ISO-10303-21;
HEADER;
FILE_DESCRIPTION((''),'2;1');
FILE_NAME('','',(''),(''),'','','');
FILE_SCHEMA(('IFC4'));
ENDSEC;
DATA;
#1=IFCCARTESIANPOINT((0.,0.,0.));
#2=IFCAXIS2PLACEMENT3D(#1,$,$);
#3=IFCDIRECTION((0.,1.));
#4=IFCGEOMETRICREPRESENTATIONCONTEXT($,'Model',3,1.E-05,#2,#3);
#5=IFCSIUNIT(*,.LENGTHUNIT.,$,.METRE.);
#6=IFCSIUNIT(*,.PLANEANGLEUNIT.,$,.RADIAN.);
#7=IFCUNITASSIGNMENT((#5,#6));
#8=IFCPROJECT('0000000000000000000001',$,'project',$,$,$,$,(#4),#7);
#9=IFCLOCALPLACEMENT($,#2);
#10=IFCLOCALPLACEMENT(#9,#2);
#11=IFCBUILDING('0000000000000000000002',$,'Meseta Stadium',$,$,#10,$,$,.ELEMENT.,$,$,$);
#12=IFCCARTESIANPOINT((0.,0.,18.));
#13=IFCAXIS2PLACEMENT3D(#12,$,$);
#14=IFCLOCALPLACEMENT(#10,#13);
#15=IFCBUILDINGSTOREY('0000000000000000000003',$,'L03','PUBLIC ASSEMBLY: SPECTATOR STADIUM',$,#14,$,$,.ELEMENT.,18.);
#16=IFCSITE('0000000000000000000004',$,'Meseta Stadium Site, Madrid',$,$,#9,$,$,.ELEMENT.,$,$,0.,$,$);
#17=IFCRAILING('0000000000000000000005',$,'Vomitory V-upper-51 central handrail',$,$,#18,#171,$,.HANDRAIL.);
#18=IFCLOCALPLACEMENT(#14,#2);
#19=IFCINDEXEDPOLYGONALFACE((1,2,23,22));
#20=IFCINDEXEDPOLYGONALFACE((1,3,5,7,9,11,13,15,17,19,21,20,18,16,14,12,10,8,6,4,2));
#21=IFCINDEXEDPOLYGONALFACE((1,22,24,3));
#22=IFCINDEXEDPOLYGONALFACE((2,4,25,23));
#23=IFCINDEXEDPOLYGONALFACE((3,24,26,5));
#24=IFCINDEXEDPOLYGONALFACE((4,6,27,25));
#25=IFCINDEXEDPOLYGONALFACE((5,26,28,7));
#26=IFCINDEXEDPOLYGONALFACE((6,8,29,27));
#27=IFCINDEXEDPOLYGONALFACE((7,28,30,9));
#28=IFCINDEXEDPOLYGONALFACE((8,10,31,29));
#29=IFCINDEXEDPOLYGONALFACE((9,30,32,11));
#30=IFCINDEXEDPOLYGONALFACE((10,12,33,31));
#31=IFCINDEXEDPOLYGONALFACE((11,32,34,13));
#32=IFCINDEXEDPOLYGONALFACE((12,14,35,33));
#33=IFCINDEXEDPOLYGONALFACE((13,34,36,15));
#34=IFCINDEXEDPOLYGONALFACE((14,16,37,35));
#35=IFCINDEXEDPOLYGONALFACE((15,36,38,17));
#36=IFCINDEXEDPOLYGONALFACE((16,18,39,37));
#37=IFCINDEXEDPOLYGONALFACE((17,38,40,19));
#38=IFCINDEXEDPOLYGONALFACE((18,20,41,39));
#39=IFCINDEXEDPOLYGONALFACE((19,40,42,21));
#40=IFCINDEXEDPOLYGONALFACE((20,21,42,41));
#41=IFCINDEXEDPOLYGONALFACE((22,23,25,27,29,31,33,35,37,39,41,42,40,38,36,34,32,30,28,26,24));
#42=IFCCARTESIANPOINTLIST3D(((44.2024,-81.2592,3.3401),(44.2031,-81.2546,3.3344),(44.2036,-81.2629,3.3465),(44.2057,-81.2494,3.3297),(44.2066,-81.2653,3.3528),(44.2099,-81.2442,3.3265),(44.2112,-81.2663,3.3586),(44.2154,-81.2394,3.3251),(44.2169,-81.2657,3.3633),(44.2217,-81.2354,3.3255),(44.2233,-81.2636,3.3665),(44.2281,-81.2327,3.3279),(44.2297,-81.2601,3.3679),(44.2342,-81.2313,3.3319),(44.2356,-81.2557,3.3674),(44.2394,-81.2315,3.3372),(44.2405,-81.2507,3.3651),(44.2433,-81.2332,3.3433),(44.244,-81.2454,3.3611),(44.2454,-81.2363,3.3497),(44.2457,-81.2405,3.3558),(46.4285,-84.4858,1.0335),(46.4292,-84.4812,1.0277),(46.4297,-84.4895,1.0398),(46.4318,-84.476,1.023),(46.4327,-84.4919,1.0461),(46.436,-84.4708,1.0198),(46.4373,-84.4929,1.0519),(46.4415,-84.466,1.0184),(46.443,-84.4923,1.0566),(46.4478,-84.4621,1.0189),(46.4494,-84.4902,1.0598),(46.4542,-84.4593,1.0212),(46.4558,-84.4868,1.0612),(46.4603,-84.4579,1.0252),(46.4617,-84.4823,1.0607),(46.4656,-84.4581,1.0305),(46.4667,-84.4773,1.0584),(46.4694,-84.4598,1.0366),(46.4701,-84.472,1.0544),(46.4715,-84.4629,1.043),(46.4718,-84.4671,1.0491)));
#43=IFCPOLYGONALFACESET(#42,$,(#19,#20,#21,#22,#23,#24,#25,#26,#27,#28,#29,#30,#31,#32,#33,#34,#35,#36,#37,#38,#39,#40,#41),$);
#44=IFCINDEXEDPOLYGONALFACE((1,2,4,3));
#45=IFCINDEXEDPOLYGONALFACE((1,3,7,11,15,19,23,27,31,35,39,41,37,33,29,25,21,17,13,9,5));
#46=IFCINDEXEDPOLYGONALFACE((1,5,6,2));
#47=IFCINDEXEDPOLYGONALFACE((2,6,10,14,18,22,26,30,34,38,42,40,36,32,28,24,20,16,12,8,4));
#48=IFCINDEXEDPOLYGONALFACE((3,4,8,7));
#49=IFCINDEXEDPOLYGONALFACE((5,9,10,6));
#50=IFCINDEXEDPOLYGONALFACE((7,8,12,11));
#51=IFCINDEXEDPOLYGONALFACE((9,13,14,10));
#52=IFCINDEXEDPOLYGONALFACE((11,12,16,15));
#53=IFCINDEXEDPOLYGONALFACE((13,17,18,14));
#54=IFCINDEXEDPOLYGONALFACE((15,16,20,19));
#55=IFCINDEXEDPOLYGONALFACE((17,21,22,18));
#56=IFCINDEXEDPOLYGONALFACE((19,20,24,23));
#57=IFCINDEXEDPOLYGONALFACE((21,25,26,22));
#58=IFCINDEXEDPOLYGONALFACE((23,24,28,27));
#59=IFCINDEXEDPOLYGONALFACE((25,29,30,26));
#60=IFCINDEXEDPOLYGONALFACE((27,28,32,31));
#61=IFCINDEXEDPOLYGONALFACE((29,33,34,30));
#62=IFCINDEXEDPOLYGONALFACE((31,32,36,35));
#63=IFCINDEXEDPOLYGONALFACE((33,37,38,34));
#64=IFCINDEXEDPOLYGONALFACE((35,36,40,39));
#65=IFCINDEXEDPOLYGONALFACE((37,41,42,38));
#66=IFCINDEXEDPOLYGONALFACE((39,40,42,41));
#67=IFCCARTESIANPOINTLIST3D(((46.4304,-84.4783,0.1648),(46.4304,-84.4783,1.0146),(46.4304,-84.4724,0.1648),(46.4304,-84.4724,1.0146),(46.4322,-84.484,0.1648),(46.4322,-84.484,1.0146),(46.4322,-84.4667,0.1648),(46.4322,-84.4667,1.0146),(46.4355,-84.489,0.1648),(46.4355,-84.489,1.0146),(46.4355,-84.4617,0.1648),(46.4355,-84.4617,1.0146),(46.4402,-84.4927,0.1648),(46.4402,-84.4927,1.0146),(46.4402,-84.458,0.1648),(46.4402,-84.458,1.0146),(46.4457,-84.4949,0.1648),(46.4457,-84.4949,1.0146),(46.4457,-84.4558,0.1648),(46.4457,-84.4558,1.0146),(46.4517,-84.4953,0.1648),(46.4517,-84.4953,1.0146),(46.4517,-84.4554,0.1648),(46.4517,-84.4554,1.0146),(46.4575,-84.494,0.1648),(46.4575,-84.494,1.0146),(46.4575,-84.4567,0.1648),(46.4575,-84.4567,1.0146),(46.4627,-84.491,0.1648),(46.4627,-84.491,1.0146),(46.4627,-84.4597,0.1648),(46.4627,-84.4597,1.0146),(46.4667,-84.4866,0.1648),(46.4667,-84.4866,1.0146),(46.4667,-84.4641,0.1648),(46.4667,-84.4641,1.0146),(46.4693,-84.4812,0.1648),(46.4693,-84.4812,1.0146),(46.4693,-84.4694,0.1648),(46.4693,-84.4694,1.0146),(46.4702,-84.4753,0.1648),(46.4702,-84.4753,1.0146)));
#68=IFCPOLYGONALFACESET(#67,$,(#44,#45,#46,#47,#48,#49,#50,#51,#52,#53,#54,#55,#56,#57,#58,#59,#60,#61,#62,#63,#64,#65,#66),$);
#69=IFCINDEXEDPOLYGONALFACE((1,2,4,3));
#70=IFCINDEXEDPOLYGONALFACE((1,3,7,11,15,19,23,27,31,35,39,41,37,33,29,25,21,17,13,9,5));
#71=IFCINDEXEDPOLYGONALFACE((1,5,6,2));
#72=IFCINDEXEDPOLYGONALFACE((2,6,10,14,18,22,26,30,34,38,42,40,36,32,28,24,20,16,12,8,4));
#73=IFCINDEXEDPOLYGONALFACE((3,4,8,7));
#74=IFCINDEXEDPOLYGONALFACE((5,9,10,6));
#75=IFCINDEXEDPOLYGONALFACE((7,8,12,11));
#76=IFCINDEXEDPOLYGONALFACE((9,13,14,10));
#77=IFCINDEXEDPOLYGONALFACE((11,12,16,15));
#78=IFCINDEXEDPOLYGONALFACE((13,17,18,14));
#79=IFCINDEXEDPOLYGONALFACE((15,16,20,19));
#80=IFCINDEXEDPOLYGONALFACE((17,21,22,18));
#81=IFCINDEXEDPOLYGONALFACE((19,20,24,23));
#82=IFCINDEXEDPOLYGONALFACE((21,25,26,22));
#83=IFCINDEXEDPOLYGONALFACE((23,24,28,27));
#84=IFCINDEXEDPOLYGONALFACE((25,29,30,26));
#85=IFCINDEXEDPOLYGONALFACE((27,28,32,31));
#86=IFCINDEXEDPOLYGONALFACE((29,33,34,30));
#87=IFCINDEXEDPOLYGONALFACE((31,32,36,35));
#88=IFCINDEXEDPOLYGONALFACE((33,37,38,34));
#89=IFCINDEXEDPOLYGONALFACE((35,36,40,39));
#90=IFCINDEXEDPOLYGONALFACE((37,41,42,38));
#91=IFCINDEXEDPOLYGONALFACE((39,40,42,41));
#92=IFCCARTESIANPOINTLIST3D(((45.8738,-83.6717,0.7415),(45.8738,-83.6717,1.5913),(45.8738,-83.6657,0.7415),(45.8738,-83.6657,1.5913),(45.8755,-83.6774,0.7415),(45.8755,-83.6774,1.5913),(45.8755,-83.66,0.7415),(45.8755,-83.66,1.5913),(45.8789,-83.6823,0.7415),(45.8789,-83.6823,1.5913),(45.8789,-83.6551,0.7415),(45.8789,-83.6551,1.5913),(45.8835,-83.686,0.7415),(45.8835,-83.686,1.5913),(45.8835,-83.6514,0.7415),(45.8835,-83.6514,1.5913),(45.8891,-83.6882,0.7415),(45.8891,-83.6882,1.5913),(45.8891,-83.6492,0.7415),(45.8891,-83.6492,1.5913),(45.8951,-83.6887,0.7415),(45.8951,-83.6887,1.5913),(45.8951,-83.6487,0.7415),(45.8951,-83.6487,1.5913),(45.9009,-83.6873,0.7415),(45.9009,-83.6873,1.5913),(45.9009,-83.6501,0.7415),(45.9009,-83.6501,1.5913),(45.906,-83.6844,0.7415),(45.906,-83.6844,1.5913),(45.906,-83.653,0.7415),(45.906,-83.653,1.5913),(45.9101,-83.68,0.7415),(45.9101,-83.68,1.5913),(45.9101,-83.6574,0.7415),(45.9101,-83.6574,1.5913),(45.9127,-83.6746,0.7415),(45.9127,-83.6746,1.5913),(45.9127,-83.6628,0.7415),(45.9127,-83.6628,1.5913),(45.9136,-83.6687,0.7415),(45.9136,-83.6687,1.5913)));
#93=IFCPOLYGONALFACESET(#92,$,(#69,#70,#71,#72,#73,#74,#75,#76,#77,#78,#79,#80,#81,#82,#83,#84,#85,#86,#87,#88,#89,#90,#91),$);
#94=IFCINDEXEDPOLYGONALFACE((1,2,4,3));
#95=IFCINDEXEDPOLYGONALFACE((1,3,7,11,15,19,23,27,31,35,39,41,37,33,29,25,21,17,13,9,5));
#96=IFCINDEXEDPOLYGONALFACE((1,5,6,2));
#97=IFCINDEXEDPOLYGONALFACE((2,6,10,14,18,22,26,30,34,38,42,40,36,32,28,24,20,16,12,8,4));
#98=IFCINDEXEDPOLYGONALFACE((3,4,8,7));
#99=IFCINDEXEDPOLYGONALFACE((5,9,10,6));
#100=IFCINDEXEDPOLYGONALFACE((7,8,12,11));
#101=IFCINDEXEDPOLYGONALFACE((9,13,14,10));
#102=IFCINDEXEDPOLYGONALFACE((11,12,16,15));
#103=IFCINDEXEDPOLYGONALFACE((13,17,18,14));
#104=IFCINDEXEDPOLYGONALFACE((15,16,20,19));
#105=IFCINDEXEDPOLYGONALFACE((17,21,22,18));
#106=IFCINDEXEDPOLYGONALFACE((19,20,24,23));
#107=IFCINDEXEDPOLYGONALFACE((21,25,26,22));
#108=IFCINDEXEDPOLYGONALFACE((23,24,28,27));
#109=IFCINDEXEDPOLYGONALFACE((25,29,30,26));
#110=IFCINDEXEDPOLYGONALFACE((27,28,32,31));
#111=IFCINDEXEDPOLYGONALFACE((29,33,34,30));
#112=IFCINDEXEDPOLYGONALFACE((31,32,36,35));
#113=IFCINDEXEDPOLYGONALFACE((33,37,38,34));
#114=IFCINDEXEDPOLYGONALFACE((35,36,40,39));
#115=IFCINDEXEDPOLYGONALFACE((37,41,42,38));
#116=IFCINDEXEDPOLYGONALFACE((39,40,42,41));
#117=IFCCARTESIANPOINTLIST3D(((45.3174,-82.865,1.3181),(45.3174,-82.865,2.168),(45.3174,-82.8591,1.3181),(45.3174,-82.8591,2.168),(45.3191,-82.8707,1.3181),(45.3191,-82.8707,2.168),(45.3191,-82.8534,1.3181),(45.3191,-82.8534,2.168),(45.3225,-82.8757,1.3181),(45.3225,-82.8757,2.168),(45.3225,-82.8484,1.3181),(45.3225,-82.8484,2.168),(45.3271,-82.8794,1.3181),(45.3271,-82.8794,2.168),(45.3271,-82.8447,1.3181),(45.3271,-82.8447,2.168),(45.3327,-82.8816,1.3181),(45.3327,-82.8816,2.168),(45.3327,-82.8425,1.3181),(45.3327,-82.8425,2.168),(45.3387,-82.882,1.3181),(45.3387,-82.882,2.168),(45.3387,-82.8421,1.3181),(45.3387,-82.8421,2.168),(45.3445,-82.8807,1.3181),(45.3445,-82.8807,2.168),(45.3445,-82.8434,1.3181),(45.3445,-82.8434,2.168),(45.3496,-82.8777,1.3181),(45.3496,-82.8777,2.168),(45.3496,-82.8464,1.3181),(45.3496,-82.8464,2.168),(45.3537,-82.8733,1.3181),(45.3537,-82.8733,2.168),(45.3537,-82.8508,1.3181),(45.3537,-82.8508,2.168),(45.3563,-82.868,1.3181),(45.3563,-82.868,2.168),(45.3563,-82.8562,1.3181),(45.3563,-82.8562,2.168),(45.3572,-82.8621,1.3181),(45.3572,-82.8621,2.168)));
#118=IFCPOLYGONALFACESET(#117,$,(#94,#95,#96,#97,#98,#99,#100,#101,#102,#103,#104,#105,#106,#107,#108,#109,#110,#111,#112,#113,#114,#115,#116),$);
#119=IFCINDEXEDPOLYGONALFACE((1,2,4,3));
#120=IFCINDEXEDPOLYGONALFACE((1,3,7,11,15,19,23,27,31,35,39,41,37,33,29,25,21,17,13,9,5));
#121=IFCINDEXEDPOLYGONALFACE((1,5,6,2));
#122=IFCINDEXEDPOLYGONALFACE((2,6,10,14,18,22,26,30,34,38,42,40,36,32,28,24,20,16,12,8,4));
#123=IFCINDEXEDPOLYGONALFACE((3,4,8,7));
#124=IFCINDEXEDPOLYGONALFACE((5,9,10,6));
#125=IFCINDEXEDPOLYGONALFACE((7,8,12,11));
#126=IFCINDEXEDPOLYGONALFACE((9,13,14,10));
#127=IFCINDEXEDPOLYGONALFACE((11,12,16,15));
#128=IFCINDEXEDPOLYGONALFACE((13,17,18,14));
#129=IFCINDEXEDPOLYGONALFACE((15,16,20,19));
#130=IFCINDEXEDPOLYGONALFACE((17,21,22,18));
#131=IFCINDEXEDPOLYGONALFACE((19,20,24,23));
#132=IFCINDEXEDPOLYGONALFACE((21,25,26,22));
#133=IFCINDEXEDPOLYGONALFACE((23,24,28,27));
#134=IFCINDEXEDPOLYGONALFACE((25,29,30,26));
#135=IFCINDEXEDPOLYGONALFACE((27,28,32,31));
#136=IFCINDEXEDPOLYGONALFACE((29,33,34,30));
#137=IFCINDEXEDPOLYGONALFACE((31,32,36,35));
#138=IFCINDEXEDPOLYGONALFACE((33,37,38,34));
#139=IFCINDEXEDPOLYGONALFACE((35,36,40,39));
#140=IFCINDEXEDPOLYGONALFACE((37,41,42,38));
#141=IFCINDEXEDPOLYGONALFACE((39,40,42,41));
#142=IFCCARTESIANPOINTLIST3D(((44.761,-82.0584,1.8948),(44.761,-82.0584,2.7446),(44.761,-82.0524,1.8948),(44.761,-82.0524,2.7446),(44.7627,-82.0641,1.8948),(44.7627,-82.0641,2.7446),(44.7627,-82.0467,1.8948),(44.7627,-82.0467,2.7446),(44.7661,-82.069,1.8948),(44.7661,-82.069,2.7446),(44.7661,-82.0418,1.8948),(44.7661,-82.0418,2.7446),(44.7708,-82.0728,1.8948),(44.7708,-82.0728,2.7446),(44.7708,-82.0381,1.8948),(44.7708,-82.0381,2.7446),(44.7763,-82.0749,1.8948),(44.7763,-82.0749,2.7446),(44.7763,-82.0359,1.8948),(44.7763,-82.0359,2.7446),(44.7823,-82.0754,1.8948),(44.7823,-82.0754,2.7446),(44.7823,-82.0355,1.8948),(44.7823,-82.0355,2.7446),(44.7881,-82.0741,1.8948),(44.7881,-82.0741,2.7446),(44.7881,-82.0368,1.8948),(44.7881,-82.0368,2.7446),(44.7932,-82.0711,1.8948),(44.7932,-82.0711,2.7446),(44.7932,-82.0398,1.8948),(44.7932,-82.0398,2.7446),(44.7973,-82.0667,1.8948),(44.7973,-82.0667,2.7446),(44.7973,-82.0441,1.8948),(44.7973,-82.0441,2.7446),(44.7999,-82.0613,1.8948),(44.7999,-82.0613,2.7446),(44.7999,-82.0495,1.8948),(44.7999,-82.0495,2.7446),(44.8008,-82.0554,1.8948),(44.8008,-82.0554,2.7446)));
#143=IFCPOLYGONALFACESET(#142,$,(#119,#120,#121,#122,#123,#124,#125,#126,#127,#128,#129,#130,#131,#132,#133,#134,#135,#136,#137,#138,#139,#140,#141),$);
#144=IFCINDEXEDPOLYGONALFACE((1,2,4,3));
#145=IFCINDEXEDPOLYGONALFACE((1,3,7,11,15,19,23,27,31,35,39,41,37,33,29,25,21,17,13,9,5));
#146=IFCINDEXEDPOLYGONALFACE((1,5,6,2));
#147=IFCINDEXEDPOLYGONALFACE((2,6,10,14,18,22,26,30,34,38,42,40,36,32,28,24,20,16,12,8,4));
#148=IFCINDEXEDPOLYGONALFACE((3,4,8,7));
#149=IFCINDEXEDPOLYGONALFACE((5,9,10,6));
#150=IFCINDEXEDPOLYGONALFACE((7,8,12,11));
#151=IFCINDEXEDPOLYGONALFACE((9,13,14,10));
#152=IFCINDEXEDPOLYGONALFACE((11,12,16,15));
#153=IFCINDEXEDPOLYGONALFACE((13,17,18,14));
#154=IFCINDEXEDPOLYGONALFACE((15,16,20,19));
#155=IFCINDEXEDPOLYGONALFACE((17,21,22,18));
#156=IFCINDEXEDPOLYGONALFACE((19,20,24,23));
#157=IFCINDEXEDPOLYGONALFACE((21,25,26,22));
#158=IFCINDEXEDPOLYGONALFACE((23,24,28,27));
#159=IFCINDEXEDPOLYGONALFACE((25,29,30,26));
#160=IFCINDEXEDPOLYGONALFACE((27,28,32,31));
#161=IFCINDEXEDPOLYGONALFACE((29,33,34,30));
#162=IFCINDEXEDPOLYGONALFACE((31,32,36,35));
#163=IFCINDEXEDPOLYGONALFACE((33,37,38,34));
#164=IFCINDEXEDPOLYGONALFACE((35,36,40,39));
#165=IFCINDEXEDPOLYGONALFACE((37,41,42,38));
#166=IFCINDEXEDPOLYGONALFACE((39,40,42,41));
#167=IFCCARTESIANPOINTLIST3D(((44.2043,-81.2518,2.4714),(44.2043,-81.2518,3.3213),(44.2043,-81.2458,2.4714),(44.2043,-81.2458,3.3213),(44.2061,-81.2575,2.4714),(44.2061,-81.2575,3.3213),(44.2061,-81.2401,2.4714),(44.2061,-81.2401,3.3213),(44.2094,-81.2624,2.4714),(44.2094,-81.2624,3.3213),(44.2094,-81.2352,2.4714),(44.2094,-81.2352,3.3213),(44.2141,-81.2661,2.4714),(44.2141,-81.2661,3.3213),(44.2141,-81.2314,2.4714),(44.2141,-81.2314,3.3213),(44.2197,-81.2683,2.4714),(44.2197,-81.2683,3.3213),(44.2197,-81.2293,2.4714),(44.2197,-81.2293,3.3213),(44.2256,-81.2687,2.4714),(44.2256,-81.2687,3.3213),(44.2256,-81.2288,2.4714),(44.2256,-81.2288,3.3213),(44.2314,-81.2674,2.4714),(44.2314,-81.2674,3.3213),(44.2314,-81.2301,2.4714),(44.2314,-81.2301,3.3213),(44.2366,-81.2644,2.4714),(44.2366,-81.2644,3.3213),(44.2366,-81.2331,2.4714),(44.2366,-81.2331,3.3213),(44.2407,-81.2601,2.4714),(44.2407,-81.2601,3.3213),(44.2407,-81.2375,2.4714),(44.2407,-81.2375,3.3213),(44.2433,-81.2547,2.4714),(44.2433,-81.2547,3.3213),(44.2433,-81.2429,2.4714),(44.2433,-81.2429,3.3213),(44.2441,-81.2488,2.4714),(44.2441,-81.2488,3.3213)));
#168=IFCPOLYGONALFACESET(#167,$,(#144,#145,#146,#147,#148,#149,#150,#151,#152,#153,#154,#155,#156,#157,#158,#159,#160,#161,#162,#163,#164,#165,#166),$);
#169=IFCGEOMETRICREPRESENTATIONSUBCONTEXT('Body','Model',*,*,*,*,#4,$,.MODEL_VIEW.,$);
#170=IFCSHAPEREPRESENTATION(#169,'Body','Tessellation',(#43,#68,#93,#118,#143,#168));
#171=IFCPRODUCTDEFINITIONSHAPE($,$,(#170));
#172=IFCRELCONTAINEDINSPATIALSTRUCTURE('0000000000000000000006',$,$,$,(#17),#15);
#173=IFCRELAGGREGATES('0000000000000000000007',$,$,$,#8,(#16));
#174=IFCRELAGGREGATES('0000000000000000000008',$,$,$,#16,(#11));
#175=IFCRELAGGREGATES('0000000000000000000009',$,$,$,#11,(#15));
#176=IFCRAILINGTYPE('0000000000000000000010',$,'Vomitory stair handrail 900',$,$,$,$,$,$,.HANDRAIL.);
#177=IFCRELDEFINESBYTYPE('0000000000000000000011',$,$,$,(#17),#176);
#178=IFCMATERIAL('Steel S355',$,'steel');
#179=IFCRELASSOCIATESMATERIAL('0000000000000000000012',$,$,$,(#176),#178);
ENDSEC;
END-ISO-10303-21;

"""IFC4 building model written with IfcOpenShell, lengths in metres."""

from ifc_helpers import new_model, si_unit, direction, frame, origin, origin_2d, place, context, subcontext, project, spatial, circle, extrude, material, type_object, element, save


model = new_model("IFC4")

# Units and contexts
model_context = context("Model", 3, precision=1e-05, world=origin(), true_north=direction((0.0, 1.0)))
body_context = subcontext(model_context, "Body", "Model", "MODEL_VIEW")
ifc_project = project(units=[si_unit("LENGTHUNIT", "METRE"), si_unit("PLANEANGLEUNIT", "RADIAN")], contexts=[model_context])

# Site, building, storey
site_placement = place(None, origin())
site = spatial("IfcSite", under=ifc_project, at=site_placement, Name="Meseta Stadium Site, Madrid", CompositionType="ELEMENT", RefElevation=0.0)
building_placement = place(site_placement, origin())
building = spatial("IfcBuilding", under=site, at=building_placement, Name="Meseta Stadium", CompositionType="ELEMENT")
storey_placement = place(building_placement, frame((0.0, 0.0, 18.0)))
storey = spatial("IfcBuildingStorey", under=building, at=storey_placement, Name="L03", Description="PUBLIC ASSEMBLY: SPECTATOR STADIUM", CompositionType="ELEMENT", Elevation=18.0)

# Railing
ifc_material_1 = material(Name="Steel S355", Category="steel")
railing_type_1 = type_object("IfcRailingType", Name="Vomitory stair handrail 900", PredefinedType="HANDRAIL", material=ifc_material_1)
railing_1_placement = place(storey_placement, frame((46.4502, -84.4753, 0.1648)))
element("IfcRailing", 1, at=railing_1_placement, inside=storey, type_object=railing_type_1, Name="Vomitory V-upper-51 central handrail", PredefinedType="HANDRAIL", context=body_context, shape_type="SweptSolid", body=[
    extrude(circle(Radius=0.0249, at=origin_2d()), frame((0.0, 0.0, 0.875), z_axis=(-0.489434, 0.709405, 0.507148), x_axis=(-0.82311, -0.567881, 0.0)), (0.0, 0.0, 1.0), 4.5483),
    extrude(circle(Radius=0.02, at=origin_2d()), origin(), (0.0, 0.0, 1.0), 0.8499),
    extrude(circle(Radius=0.02, at=origin_2d()), frame((-0.5566, 0.8066, 0.5767)), (0.0, 0.0, 1.0), 0.8499),
    extrude(circle(Radius=0.02, at=origin_2d()), frame((-1.113, 1.6133, 1.1533)), (0.0, 0.0, 1.0), 0.8499),
    extrude(circle(Radius=0.02, at=origin_2d()), frame((-1.6694, 2.4199, 1.73)), (0.0, 0.0, 1.0), 0.8499),
    extrude(circle(Radius=0.02, at=origin_2d()), frame((-2.2261, 3.2266, 2.3066)), (0.0, 0.0, 1.0), 0.8499),
])

save(model, "model.ifc")
